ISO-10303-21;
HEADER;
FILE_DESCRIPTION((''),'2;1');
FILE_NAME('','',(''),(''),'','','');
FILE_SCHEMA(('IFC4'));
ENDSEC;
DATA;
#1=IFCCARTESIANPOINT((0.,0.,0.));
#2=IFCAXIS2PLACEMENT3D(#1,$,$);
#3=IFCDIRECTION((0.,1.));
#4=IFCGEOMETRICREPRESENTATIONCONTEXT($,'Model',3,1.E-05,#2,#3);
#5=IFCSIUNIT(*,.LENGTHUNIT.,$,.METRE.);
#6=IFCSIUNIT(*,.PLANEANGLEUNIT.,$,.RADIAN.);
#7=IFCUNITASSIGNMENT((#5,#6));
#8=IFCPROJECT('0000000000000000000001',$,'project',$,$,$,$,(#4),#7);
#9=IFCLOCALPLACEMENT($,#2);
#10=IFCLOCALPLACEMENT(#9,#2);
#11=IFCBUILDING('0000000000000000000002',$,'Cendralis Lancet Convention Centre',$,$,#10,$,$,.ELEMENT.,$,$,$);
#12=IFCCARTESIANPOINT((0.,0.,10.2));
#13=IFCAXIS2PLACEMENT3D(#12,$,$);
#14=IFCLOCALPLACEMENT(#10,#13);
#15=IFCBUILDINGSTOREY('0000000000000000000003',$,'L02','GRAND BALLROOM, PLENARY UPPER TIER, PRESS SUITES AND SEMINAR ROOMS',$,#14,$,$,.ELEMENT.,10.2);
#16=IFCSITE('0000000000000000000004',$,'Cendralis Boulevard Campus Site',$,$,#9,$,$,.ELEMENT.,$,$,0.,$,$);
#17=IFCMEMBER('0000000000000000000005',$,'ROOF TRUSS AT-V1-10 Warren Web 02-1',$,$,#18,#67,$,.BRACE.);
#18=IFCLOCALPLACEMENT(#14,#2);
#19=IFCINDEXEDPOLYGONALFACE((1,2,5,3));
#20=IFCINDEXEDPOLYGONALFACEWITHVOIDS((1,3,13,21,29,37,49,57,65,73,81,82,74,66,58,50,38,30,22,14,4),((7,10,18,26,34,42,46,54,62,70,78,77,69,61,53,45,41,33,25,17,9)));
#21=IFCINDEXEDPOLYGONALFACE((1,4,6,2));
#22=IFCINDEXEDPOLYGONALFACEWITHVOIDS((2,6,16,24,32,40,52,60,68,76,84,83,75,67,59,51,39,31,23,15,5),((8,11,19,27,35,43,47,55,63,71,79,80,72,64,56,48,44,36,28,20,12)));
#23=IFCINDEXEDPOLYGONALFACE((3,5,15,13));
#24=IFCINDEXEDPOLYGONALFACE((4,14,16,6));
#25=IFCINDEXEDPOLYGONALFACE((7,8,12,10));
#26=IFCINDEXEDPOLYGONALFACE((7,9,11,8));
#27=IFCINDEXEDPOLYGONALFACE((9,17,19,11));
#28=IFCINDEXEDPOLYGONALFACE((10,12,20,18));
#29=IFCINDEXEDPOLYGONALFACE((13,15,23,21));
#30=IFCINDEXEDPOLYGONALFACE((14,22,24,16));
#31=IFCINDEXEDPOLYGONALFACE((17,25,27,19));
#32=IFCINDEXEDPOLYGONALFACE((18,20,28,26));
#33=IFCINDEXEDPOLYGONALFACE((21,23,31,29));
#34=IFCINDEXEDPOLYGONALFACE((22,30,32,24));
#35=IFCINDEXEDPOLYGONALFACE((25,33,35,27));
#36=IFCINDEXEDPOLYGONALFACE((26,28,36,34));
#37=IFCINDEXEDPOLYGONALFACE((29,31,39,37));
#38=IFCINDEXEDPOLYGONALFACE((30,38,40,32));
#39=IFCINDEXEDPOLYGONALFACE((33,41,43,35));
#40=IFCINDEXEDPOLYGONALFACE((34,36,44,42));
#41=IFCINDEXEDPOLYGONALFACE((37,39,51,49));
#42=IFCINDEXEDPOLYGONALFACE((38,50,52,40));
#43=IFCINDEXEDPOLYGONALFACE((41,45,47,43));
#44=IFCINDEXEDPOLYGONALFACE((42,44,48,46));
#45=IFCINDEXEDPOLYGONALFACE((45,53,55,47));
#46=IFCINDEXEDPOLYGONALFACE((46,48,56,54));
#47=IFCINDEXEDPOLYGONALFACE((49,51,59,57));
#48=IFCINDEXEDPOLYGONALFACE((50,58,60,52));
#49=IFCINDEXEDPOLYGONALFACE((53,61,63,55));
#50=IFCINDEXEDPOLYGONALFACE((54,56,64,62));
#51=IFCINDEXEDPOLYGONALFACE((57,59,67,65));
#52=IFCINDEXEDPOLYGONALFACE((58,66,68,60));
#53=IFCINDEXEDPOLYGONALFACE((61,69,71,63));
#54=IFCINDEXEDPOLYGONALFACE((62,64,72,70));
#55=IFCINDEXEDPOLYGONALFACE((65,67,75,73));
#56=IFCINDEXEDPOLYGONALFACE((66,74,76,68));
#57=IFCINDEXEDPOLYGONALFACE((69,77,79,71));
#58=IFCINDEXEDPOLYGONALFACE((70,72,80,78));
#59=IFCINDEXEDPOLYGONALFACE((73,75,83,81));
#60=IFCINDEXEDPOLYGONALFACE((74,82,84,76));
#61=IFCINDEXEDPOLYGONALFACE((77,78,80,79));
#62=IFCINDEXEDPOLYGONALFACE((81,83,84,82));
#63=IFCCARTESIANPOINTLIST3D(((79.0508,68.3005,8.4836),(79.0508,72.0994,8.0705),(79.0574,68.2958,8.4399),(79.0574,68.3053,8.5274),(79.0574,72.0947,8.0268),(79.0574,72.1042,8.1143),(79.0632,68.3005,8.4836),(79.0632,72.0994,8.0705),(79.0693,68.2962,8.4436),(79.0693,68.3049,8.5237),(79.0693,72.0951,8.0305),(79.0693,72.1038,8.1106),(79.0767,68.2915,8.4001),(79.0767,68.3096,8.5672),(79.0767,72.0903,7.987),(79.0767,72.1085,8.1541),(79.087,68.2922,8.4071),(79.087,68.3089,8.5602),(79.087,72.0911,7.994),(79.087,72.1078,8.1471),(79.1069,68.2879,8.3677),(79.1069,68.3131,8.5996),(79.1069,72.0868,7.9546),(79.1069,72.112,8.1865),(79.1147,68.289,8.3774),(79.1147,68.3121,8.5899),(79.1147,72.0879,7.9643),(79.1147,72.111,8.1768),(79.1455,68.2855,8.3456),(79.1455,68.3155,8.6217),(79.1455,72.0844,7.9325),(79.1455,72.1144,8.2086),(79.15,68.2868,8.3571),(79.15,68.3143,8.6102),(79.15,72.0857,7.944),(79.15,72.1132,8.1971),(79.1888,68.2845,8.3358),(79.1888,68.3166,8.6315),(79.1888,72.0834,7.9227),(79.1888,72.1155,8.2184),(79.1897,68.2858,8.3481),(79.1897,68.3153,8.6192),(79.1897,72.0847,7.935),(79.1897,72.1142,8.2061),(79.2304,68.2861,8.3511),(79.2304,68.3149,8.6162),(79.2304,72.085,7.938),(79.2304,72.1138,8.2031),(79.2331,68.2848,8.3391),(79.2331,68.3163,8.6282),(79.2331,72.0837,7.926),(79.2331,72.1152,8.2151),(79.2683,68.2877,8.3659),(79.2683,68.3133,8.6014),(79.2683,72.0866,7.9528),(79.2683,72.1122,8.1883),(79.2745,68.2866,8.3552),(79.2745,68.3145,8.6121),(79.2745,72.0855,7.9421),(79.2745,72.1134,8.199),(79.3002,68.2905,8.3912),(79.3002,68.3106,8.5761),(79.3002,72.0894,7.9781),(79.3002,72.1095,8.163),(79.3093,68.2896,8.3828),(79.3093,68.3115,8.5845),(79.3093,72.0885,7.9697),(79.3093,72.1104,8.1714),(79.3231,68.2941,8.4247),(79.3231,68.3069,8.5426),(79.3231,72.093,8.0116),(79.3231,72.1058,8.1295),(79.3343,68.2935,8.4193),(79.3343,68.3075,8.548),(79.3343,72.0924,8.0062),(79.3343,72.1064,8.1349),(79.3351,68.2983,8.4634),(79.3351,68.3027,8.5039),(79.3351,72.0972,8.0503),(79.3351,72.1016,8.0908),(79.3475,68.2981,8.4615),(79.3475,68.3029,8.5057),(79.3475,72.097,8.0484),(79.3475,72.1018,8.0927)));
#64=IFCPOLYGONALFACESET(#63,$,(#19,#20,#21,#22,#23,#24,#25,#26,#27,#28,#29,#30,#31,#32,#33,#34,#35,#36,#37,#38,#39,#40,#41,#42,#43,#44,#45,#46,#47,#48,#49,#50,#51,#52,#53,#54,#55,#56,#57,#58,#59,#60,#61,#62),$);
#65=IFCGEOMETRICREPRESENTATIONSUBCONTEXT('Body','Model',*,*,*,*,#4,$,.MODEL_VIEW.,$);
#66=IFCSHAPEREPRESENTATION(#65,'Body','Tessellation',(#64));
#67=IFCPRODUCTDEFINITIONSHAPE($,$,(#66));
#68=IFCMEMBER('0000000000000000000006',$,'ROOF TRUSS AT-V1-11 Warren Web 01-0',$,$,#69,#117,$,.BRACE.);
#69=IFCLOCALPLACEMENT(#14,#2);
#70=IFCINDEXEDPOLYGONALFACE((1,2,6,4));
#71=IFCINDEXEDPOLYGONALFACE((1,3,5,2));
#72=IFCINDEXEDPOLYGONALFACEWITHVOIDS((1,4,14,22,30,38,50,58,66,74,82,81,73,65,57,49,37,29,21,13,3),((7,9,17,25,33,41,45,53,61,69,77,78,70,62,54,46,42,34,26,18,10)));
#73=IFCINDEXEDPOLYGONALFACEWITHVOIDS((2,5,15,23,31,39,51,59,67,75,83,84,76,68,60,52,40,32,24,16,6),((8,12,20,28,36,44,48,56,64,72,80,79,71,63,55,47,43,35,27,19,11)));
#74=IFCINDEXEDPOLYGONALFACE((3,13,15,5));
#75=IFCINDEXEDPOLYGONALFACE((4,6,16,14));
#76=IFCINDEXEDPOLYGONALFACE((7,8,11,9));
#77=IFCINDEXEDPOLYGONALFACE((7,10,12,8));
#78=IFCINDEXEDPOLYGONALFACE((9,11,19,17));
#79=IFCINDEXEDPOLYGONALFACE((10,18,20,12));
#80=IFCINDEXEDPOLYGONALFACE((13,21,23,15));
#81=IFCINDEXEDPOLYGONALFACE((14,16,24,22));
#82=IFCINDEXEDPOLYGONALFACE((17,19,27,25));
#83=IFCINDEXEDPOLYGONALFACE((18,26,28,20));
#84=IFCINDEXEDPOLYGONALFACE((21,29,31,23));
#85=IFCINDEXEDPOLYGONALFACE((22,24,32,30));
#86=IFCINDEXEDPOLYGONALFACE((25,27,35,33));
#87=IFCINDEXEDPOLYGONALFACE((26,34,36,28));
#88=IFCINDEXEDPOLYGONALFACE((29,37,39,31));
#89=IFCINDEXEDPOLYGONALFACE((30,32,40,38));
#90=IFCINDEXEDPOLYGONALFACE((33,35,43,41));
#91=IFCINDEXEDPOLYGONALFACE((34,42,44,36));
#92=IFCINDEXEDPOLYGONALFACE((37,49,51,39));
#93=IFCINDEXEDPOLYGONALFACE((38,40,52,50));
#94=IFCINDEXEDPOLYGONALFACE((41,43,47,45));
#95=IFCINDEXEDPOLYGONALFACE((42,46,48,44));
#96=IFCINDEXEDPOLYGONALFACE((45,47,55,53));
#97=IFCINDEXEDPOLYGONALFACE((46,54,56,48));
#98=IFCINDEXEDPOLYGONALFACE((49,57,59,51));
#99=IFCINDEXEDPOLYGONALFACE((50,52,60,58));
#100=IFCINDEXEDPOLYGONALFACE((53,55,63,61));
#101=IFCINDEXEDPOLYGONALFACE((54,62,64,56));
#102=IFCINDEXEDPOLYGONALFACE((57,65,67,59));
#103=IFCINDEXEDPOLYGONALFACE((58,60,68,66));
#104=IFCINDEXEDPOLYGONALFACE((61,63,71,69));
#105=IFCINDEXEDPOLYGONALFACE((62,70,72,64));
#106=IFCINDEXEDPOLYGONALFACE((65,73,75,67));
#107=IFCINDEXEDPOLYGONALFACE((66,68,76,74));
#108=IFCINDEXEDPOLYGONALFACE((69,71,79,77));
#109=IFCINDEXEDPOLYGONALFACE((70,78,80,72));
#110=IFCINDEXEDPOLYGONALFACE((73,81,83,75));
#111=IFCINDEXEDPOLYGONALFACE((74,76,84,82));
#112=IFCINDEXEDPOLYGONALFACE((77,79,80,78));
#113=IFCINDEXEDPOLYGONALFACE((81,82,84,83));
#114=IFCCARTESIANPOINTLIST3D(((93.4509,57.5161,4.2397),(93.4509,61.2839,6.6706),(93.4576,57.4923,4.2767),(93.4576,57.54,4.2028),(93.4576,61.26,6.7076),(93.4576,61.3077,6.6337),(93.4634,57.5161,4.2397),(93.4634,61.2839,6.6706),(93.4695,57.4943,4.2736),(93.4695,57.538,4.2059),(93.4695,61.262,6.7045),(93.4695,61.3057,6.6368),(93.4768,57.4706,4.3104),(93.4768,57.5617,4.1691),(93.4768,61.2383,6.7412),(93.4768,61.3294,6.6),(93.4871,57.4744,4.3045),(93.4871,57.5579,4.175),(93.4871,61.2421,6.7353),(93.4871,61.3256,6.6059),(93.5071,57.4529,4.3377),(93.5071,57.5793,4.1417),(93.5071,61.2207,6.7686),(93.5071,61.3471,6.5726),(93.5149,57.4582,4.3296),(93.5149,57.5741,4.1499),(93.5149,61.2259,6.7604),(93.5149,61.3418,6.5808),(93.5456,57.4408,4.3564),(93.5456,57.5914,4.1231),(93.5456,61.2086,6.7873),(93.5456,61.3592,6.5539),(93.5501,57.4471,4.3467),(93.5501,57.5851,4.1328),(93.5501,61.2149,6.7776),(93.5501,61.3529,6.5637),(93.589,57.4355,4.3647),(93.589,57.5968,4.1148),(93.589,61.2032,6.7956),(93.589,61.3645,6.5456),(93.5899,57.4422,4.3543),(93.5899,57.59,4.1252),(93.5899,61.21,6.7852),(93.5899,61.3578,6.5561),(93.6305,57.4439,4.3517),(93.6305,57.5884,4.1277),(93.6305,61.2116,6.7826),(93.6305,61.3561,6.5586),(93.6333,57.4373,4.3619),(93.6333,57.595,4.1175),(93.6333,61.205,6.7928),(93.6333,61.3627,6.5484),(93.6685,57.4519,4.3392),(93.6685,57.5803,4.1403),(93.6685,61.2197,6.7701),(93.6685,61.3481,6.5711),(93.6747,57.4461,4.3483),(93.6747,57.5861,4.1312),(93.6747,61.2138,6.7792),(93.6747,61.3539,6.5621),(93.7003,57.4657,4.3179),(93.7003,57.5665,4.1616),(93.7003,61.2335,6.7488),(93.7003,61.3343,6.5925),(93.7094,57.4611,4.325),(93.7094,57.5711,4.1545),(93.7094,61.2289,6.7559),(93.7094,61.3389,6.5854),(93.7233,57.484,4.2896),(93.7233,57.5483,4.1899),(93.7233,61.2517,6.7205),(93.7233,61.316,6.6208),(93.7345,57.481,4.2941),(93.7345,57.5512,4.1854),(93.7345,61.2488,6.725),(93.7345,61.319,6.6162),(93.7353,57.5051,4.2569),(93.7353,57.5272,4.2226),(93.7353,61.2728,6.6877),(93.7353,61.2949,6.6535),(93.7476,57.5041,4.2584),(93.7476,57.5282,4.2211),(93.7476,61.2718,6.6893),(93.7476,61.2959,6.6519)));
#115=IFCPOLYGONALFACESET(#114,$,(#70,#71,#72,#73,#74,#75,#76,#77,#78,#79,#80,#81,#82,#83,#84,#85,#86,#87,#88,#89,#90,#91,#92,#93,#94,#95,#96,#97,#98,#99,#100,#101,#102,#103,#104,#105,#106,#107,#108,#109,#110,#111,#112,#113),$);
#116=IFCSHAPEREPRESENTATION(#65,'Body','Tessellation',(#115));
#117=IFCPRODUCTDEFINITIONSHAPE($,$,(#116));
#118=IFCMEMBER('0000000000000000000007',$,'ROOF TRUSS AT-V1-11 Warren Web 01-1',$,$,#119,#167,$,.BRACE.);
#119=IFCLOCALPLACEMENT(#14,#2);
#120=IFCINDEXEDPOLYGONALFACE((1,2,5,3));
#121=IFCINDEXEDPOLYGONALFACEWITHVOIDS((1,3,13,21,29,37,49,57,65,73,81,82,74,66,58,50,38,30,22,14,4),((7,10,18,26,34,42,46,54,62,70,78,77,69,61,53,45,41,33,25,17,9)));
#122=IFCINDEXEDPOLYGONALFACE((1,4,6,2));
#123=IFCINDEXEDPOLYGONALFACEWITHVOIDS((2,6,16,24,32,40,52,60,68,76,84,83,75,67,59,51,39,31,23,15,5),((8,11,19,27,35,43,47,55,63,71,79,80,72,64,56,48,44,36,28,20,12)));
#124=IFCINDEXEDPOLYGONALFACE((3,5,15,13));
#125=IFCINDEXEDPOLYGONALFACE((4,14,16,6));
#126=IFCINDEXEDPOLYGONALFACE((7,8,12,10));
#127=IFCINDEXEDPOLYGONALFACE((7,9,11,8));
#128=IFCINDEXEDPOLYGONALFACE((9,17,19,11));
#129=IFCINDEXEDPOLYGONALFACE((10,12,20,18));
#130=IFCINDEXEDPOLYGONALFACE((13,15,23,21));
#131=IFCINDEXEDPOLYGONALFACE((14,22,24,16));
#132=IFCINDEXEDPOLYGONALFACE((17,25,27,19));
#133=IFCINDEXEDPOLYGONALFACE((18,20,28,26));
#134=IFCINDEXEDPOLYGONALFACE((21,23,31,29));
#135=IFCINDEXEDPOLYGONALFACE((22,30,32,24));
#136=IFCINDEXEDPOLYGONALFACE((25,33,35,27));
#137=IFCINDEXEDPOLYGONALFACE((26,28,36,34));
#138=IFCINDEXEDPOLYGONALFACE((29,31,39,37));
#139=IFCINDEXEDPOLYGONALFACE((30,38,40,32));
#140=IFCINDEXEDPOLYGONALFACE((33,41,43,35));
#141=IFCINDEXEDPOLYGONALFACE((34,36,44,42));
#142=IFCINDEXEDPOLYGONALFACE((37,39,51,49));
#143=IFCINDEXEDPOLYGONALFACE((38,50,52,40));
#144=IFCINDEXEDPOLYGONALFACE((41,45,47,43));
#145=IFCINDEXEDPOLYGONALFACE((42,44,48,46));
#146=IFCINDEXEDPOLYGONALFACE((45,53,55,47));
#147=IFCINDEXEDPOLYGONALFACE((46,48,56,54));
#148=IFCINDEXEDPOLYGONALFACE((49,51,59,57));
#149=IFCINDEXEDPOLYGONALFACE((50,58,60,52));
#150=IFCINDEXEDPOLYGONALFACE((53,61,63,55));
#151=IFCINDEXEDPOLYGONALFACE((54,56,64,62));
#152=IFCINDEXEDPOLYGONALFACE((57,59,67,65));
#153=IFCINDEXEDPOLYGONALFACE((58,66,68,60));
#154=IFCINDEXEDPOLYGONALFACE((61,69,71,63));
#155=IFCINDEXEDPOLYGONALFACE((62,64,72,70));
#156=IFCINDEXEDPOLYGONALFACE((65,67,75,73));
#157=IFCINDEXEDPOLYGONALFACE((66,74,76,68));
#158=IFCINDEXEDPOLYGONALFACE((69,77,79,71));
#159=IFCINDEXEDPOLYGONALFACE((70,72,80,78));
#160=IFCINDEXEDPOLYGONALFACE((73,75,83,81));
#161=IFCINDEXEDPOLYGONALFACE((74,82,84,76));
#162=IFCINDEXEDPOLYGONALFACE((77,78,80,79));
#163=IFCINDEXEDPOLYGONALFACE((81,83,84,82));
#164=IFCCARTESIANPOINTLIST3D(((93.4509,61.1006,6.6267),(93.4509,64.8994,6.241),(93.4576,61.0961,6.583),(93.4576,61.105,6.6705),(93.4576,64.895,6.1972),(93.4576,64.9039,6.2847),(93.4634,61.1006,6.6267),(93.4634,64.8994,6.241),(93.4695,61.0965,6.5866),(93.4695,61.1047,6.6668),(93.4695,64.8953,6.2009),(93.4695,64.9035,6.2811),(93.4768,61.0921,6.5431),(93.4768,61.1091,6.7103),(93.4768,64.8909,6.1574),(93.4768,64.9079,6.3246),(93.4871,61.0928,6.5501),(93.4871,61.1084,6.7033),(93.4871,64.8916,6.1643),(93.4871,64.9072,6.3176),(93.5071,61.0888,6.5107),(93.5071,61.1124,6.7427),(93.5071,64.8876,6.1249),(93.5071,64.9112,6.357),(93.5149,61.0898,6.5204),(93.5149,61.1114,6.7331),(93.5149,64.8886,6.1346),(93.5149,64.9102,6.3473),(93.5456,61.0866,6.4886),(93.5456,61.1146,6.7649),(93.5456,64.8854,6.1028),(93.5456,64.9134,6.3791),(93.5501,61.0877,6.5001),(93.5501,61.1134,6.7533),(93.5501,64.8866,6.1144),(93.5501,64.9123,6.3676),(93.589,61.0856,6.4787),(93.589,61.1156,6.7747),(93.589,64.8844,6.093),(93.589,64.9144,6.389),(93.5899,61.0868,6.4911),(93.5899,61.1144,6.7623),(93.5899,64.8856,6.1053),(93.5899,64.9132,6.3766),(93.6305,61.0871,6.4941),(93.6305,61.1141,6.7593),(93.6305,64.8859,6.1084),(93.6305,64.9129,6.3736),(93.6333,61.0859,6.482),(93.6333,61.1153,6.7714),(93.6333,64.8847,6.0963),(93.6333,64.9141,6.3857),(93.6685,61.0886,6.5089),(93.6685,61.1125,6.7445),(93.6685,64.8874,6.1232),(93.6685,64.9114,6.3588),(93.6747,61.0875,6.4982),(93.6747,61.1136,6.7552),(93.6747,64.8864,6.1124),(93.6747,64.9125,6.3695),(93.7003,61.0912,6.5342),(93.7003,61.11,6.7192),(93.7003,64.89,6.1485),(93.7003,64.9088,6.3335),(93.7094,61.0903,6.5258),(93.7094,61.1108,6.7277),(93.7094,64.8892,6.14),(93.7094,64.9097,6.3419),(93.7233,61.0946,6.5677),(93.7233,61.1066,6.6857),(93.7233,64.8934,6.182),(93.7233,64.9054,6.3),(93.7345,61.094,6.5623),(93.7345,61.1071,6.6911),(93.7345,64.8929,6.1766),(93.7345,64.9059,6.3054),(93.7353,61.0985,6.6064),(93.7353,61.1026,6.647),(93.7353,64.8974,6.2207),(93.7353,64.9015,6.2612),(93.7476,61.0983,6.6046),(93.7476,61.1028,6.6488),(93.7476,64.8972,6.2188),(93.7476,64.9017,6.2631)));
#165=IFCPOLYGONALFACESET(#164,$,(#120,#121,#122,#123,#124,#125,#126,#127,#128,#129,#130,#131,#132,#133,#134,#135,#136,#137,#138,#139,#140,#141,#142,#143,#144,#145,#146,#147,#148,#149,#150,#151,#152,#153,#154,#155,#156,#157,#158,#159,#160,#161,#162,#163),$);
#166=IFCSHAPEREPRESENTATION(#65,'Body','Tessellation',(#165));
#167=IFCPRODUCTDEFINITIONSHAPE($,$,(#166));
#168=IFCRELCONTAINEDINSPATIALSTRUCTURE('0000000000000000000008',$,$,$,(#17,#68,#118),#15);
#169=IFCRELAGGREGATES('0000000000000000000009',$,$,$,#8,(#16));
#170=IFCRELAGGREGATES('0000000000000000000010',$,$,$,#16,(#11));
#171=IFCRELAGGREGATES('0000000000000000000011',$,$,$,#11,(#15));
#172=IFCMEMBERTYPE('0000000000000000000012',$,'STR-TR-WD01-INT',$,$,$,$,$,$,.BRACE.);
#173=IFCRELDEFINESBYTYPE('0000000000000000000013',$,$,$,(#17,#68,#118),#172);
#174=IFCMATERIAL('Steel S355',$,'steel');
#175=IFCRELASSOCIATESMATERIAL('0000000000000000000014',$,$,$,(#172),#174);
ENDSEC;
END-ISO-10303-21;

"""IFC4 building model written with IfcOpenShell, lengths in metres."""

from ifc_helpers import new_model, si_unit, direction, frame, origin, origin_2d, place, context, subcontext, project, spatial, hollow_circle, extrude, material, material_profile, profile_set, type_object, element, save


model = new_model("IFC4")

# Units and contexts
model_context = context("Model", 3, precision=1e-05, world=origin(), true_north=direction((0.0, 1.0)))
body_context = subcontext(model_context, "Body", "Model", "MODEL_VIEW")
ifc_project = project(units=[si_unit("LENGTHUNIT", "METRE"), si_unit("PLANEANGLEUNIT", "RADIAN")], contexts=[model_context])

# Site, building, storey
site_placement = place(None, origin())
site = spatial("IfcSite", under=ifc_project, at=site_placement, Name="Cendralis Boulevard Campus Site", CompositionType="ELEMENT", RefElevation=0.0)
building_placement = place(site_placement, origin())
building = spatial("IfcBuilding", under=site, at=building_placement, Name="Cendralis Lancet Convention Centre", CompositionType="ELEMENT")
storey_placement = place(building_placement, frame((0.0, 0.0, 10.2)))
storey = spatial("IfcBuildingStorey", under=building, at=storey_placement, Name="L02", Description="GRAND BALLROOM, PLENARY UPPER TIER, PRESS SUITES AND SEMINAR ROOMS", CompositionType="ELEMENT", Elevation=10.2)

# Members
ifc_material = material(Name="Steel S355", Category="steel")
ifc_material_profile_1 = material_profile(ifc_material, hollow_circle(Radius=0.1492, WallThickness=0.0125, at=origin_2d()), Name="CHS 298.5x12.5")
ifc_profile_set_1 = profile_set([ifc_material_profile_1], Name="Steel S355")
member_type_1 = type_object("IfcMemberType", Name="STR-TR-WD01-INT", PredefinedType="BRACE", material=ifc_profile_set_1)
member_1_placement = place(storey_placement, frame((79.2, 68.3005, 8.4836), z_axis=(0.0, 0.99414, -0.108103), x_axis=(-1.0, 0.0, 0.0)))
element("IfcMember", 1, at=member_1_placement, inside=storey, type_object=member_type_1, Name="ROOF TRUSS AT-V1-10 Warren Web 02-1", PredefinedType="BRACE", context=body_context, shape_type="SweptSolid", body=[
    extrude(hollow_circle(Radius=0.1492, WallThickness=0.0125, at=origin_2d()), origin(), (0.0, 0.0, 1.0), 3.8213),
])
member_2_placement = place(storey_placement, frame((93.6001, 57.5161, 4.2397), z_axis=(0.0, 0.840291, 0.542136), x_axis=(-1.0, 0.0, 0.0)))
element("IfcMember", 2, at=member_2_placement, inside=storey, type_object=member_type_1, Name="ROOF TRUSS AT-V1-11 Warren Web 01-0", PredefinedType="BRACE", context=body_context, shape_type="SweptSolid", body=[
    extrude(hollow_circle(Radius=0.1492, WallThickness=0.0125, at=origin_2d()), origin(), (0.0, 0.0, 1.0), 4.4839),
])
member_3_placement = place(storey_placement, frame((93.6001, 61.1006, 6.6267), z_axis=(0.0, 0.994884, -0.101023), x_axis=(-1.0, 0.0, 0.0)))
element("IfcMember", 3, at=member_3_placement, inside=storey, type_object=member_type_1, Name="ROOF TRUSS AT-V1-11 Warren Web 01-1", PredefinedType="BRACE", context=body_context, shape_type="SweptSolid", body=[
    extrude(hollow_circle(Radius=0.1492, WallThickness=0.0125, at=origin_2d()), origin(), (0.0, 0.0, 1.0), 3.8184),
])

save(model, "model.ifc")
